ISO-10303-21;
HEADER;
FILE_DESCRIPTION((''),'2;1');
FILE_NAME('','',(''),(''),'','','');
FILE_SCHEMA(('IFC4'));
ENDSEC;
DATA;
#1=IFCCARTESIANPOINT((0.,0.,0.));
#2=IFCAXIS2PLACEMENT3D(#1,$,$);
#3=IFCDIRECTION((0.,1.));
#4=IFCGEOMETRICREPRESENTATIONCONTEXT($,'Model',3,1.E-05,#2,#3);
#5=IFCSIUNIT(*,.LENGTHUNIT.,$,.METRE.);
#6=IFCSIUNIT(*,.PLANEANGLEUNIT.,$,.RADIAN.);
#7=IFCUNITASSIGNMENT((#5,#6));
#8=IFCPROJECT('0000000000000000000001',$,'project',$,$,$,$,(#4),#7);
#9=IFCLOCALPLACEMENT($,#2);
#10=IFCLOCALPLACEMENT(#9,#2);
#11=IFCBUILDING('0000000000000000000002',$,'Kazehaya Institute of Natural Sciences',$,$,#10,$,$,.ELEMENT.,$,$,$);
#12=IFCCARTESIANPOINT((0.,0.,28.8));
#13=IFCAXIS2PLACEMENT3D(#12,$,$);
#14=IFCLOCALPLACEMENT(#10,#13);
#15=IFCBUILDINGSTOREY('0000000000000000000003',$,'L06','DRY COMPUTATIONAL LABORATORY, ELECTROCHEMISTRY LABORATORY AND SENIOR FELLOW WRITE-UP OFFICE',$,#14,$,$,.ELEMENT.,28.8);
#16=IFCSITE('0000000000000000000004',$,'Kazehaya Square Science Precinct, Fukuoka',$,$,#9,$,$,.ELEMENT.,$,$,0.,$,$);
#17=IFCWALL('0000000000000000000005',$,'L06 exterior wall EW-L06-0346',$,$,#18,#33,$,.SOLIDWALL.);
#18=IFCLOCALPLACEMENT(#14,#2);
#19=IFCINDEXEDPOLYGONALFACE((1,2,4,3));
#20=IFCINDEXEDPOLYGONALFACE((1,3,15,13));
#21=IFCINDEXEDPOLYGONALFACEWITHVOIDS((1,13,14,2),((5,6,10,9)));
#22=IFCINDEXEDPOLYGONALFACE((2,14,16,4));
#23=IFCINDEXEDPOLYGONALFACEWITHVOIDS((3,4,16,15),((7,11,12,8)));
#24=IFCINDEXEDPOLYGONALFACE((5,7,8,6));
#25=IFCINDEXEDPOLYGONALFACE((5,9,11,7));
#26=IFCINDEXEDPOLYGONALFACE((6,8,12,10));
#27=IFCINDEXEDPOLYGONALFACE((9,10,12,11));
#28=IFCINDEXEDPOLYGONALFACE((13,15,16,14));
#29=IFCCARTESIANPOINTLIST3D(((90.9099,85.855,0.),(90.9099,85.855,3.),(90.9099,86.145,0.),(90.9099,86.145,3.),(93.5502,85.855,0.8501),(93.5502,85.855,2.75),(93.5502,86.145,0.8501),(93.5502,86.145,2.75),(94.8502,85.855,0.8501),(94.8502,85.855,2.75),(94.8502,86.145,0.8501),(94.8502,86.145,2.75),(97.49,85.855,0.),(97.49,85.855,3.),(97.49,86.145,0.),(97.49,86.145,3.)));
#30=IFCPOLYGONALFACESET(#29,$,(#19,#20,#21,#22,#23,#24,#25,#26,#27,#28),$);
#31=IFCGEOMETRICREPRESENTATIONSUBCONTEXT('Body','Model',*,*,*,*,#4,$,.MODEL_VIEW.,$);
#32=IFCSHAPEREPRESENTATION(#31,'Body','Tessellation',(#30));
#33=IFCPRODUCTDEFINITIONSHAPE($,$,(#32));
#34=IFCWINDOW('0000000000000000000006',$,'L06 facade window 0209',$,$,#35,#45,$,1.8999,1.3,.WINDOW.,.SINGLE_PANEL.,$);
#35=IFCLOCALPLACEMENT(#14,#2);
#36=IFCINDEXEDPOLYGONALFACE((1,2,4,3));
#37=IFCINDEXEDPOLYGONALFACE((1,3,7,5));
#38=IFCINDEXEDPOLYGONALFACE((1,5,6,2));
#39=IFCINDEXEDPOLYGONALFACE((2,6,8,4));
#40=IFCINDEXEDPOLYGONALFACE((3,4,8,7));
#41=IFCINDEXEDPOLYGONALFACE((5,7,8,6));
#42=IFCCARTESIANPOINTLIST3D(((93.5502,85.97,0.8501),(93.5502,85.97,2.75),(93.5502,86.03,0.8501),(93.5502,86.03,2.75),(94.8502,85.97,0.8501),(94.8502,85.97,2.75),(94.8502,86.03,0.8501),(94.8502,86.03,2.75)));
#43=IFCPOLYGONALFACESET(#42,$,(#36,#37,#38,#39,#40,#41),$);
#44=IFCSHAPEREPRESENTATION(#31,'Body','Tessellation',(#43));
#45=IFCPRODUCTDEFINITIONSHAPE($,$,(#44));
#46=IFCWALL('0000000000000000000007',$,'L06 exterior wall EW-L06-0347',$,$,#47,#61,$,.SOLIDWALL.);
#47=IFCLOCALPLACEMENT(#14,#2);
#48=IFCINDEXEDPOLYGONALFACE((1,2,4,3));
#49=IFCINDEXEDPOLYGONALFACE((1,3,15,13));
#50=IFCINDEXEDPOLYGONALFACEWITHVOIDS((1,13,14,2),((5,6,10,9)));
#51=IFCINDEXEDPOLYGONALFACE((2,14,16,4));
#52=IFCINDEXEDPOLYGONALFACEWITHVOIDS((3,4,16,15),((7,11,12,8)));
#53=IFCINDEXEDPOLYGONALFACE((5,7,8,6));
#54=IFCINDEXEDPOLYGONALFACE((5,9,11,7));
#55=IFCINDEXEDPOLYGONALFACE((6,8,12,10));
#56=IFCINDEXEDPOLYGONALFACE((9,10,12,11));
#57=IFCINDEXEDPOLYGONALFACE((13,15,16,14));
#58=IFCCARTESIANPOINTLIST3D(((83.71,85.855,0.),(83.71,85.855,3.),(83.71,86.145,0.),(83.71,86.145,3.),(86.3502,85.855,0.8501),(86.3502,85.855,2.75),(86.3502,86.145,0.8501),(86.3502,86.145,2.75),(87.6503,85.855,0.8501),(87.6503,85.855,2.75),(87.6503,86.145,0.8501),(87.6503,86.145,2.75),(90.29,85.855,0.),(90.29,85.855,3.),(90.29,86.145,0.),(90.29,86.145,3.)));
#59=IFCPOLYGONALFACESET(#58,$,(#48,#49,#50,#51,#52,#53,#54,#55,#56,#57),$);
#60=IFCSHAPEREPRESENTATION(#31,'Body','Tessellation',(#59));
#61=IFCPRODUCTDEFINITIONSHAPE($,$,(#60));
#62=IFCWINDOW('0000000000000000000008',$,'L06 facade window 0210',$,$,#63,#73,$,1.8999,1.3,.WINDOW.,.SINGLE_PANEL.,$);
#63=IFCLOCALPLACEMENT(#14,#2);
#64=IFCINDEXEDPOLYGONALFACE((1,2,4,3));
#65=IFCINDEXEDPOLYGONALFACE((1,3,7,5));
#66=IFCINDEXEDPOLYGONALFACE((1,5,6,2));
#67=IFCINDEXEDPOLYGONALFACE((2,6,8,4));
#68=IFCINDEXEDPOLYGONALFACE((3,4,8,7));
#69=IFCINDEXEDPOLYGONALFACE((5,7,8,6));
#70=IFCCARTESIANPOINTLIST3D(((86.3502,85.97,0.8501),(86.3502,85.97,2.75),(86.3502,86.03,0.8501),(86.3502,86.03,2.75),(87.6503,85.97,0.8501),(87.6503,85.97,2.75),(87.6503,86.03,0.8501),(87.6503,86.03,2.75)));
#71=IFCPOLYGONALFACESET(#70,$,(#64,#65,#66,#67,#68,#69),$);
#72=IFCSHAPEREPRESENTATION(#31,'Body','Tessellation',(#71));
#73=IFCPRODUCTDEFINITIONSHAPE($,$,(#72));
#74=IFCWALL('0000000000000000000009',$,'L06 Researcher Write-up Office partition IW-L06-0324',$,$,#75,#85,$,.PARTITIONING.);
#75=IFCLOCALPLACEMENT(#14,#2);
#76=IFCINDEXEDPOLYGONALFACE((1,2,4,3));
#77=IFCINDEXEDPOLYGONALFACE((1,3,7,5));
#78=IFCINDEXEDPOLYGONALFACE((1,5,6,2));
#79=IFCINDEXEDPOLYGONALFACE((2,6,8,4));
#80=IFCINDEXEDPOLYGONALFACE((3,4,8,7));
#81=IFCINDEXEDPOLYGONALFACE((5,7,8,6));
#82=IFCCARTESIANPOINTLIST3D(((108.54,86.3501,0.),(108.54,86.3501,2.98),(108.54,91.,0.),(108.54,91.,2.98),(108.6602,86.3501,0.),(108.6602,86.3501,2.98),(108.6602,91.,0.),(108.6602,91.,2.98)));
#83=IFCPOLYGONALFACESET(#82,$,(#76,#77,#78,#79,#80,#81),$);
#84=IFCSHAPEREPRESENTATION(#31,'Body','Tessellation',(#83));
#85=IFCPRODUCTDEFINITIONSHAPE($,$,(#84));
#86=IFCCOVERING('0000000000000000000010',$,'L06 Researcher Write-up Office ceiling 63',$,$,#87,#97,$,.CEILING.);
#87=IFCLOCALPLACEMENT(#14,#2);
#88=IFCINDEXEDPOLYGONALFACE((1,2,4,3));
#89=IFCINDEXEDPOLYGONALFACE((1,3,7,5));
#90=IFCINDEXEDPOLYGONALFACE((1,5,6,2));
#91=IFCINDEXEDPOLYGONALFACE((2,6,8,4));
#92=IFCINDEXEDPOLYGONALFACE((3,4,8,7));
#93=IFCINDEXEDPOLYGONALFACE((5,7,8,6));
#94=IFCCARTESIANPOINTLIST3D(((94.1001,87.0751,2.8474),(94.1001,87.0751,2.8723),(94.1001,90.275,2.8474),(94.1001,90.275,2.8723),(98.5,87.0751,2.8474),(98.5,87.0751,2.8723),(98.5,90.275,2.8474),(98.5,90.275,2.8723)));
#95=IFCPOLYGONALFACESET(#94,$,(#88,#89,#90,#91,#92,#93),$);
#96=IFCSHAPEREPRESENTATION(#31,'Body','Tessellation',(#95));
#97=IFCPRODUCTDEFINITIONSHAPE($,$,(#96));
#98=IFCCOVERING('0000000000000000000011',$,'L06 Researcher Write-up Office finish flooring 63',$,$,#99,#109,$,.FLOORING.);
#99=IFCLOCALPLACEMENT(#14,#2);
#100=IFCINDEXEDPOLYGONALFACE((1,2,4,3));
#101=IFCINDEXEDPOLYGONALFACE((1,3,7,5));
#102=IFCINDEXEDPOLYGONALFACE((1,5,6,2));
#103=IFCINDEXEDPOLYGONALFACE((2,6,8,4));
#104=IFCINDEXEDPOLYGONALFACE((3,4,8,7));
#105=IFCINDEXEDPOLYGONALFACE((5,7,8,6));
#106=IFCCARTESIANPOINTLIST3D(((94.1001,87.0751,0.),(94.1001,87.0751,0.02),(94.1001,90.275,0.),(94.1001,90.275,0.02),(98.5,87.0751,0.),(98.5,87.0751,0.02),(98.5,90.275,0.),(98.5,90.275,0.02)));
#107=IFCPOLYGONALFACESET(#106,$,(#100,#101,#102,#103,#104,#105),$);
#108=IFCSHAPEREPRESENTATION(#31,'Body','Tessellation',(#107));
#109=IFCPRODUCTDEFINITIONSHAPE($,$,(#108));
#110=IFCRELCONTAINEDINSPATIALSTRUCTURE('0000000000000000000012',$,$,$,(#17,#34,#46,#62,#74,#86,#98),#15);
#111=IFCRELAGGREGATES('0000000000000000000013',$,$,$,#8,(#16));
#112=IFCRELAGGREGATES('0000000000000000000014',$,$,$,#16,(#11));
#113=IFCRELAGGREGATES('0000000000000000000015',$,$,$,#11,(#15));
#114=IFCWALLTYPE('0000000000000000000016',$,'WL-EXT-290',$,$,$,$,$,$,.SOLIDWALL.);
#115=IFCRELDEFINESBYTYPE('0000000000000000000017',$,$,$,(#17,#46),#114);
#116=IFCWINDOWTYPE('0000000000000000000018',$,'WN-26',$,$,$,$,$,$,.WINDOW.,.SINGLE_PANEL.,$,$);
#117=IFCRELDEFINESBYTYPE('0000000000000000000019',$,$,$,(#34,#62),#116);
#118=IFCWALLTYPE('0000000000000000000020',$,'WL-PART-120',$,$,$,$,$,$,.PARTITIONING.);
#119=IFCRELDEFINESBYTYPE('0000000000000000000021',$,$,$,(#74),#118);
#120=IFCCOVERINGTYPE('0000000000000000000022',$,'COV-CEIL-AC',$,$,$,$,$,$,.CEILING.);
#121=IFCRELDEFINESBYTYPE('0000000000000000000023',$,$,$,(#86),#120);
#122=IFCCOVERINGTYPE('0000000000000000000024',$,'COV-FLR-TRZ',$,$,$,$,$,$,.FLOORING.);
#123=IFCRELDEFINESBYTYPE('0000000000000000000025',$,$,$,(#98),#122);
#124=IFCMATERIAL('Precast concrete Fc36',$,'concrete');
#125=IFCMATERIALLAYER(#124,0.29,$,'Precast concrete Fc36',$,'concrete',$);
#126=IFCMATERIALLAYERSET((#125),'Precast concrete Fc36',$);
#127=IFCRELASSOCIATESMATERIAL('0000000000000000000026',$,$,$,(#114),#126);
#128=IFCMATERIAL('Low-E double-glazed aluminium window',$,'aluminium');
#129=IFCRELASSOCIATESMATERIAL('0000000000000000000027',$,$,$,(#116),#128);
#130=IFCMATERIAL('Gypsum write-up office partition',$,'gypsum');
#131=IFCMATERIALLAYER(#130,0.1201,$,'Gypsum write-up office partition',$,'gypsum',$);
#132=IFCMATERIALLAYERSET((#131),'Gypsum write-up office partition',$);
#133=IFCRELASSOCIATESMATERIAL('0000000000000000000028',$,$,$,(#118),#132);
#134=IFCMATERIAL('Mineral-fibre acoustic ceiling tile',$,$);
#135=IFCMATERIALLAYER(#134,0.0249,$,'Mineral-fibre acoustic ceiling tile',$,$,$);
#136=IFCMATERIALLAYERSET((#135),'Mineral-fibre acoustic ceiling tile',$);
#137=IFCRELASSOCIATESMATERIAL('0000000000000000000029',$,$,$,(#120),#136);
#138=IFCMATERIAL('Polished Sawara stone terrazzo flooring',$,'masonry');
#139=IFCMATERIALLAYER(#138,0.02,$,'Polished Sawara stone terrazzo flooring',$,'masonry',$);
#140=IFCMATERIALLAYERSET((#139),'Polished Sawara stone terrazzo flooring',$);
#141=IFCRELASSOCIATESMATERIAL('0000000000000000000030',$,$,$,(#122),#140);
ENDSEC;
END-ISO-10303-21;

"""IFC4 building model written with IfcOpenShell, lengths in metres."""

from ifc_helpers import new_model, si_unit, direction, frame, frame_2d, origin, origin_2d, place, context, subcontext, project, spatial, rectangle, extrude, material, layer, layer_set, type_object, element, fill, save


model = new_model("IFC4")

# Units and contexts
model_context = context("Model", 3, precision=1e-05, world=origin(), true_north=direction((0.0, 1.0)))
body_context = subcontext(model_context, "Body", "Model", "MODEL_VIEW")
ifc_project = project(units=[si_unit("LENGTHUNIT", "METRE"), si_unit("PLANEANGLEUNIT", "RADIAN")], contexts=[model_context])

# Site, building, storey
site_placement = place(None, origin())
site = spatial("IfcSite", under=ifc_project, at=site_placement, Name="Kazehaya Square Science Precinct, Fukuoka", CompositionType="ELEMENT", RefElevation=0.0)
building_placement = place(site_placement, origin())
building = spatial("IfcBuilding", under=site, at=building_placement, Name="Kazehaya Institute of Natural Sciences", CompositionType="ELEMENT")
storey_placement = place(building_placement, frame((0.0, 0.0, 28.8)))
storey = spatial("IfcBuildingStorey", under=building, at=storey_placement, Name="L06", Description="DRY COMPUTATIONAL LABORATORY, ELECTROCHEMISTRY LABORATORY AND SENIOR FELLOW WRITE-UP OFFICE", CompositionType="ELEMENT", Elevation=28.8)

# Shared definitions
ifc_material_1 = material(Name="Precast concrete Fc36", Category="concrete")
ifc_layer_1 = layer(ifc_material_1, 0.29, Name="Precast concrete Fc36", Category="concrete")
ifc_layer_set_1 = layer_set([ifc_layer_1], Name="Precast concrete Fc36")
wall_type_1 = type_object("IfcWallType", Name="WL-EXT-290", PredefinedType="SOLIDWALL", material=ifc_layer_set_1)

# Walls, openings, windows
ifc_material_2 = material(Name="Low-E double-glazed aluminium window", Category="aluminium")
window_type = type_object("IfcWindowType", Name="WN-26", PartitioningType="SINGLE_PANEL", PredefinedType="WINDOW", material=ifc_material_2)
wall_1_placement = place(storey_placement, frame((97.49, 86.0, 0.0), z_axis=(0.0, 0.0, 1.0), x_axis=(-1.0, 0.0, 0.0)))
wall_1 = element("IfcWall", 1, at=wall_1_placement, inside=storey, type_object=wall_type_1, Name="L06 exterior wall EW-L06-0346", PredefinedType="SOLIDWALL", context=body_context, shape_type="SweptSolid", body=[
    extrude(rectangle(XDim=6.5801, YDim=0.29, at=frame_2d((3.29, 0.0))), origin(), (0.0, 0.0, 1.0), 3.0),
])
opening_1_placement = place(wall_1_placement, frame((2.6399, 0.0, 0.8501)))
opening_1 = element("IfcOpeningElement", 2, at=opening_1_placement, cuts=wall_1, PredefinedType="OPENING", context=body_context, shape_type="SweptSolid", body=[
    extrude(rectangle(XDim=1.3, YDim=1.8999, at=frame_2d((0.6499, 0.95))), frame((0.0, 0.155, 0.0), z_axis=(0.0, -1.0, 0.0), x_axis=(1.0, 0.0, 0.0)), (0.0, 0.0, 1.0), 0.3101),
])
window_1_placement = place(opening_1_placement, origin())
window_1 = element("IfcWindow", 3, at=window_1_placement, inside=storey, type_object=window_type, Name="L06 facade window 0209", OverallHeight=1.8999, OverallWidth=1.3, PartitioningType="SINGLE_PANEL", PredefinedType="WINDOW", context=body_context, shape_type="SweptSolid", body=[
    extrude(rectangle(XDim=1.3, YDim=1.8999, at=frame_2d((0.6499, 0.95))), frame((0.0, 0.03, 0.0), z_axis=(0.0, -1.0, 0.0), x_axis=(1.0, 0.0, 0.0)), (0.0, 0.0, 1.0), 0.0601),
])
fill(opening_1, window_1)
wall_2_placement = place(storey_placement, frame((90.29, 86.0, 0.0), z_axis=(0.0, 0.0, 1.0), x_axis=(-1.0, 0.0, 0.0)))
wall_2 = element("IfcWall", 4, at=wall_2_placement, inside=storey, type_object=wall_type_1, Name="L06 exterior wall EW-L06-0347", PredefinedType="SOLIDWALL", context=body_context, shape_type="SweptSolid", body=[
    extrude(rectangle(XDim=6.5801, YDim=0.29, at=frame_2d((3.29, 0.0))), origin(), (0.0, 0.0, 1.0), 3.0),
])
opening_2_placement = place(wall_2_placement, frame((2.6399, 0.0, 0.8501)))
opening_2 = element("IfcOpeningElement", 5, at=opening_2_placement, cuts=wall_2, PredefinedType="OPENING", context=body_context, shape_type="SweptSolid", body=[
    extrude(rectangle(XDim=1.3, YDim=1.8999, at=frame_2d((0.6499, 0.95))), frame((0.0, 0.155, 0.0), z_axis=(0.0, -1.0, 0.0), x_axis=(1.0, 0.0, 0.0)), (0.0, 0.0, 1.0), 0.3101),
])
window_2_placement = place(opening_2_placement, origin())
window_2 = element("IfcWindow", 6, at=window_2_placement, inside=storey, type_object=window_type, Name="L06 facade window 0210", OverallHeight=1.8999, OverallWidth=1.3, PartitioningType="SINGLE_PANEL", PredefinedType="WINDOW", context=body_context, shape_type="SweptSolid", body=[
    extrude(rectangle(XDim=1.3, YDim=1.8999, at=frame_2d((0.6499, 0.95))), frame((0.0, 0.03, 0.0), z_axis=(0.0, -1.0, 0.0), x_axis=(1.0, 0.0, 0.0)), (0.0, 0.0, 1.0), 0.0601),
])
fill(opening_2, window_2)

# Wall
ifc_material_3 = material(Name="Gypsum write-up office partition", Category="gypsum")
ifc_layer_2 = layer(ifc_material_3, 0.1201, Name="Gypsum write-up office partition", Category="gypsum")
ifc_layer_set_2 = layer_set([ifc_layer_2], Name="Gypsum write-up office partition")
wall_type_2 = type_object("IfcWallType", Name="WL-PART-120", PredefinedType="PARTITIONING", material=ifc_layer_set_2)
wall_3_placement = place(storey_placement, frame((108.6001, 91.0, 0.0), z_axis=(0.0, 0.0, 1.0), x_axis=(0.0, -1.0, 0.0)))
element("IfcWall", 7, at=wall_3_placement, inside=storey, type_object=wall_type_2, Name="L06 Researcher Write-up Office partition IW-L06-0324", PredefinedType="PARTITIONING", context=body_context, shape_type="SweptSolid", body=[
    extrude(rectangle(XDim=4.6499, YDim=0.1201, at=frame_2d((2.325, 0.0))), origin(), (0.0, 0.0, 1.0), 2.98),
])

# Coverings
ifc_material_4 = material(Name="Mineral-fibre acoustic ceiling tile")
ifc_layer_3 = layer(ifc_material_4, 0.0249, Name="Mineral-fibre acoustic ceiling tile")
ifc_layer_set_3 = layer_set([ifc_layer_3], Name="Mineral-fibre acoustic ceiling tile")
covering_type_1 = type_object("IfcCoveringType", Name="COV-CEIL-AC", PredefinedType="CEILING", material=ifc_layer_set_3)
covering_1_placement = place(storey_placement, frame((96.3, 88.675, 2.8474), z_axis=(0.0, 0.0, 1.0), x_axis=(1.0, 0.0, 0.0)))
element("IfcCovering", 8, at=covering_1_placement, inside=storey, type_object=covering_type_1, Name="L06 Researcher Write-up Office ceiling 63", PredefinedType="CEILING", context=body_context, shape_type="SweptSolid", body=[
    extrude(rectangle(XDim=4.3999, YDim=3.2, at=origin_2d()), origin(), (0.0, 0.0, 1.0), 0.0249),
])
ifc_material_5 = material(Name="Polished Sawara stone terrazzo flooring", Category="masonry")
ifc_layer_4 = layer(ifc_material_5, 0.02, Name="Polished Sawara stone terrazzo flooring", Category="masonry")
ifc_layer_set_4 = layer_set([ifc_layer_4], Name="Polished Sawara stone terrazzo flooring")
covering_type_2 = type_object("IfcCoveringType", Name="COV-FLR-TRZ", PredefinedType="FLOORING", material=ifc_layer_set_4)
covering_2_placement = place(storey_placement, frame((96.3, 88.675, 0.0), z_axis=(0.0, 0.0, 1.0), x_axis=(1.0, 0.0, 0.0)))
element("IfcCovering", 9, at=covering_2_placement, inside=storey, type_object=covering_type_2, Name="L06 Researcher Write-up Office finish flooring 63", PredefinedType="FLOORING", context=body_context, shape_type="SweptSolid", body=[
    extrude(rectangle(XDim=4.3999, YDim=3.2, at=origin_2d()), origin(), (0.0, 0.0, 1.0), 0.02),
])

save(model, "model.ifc")
